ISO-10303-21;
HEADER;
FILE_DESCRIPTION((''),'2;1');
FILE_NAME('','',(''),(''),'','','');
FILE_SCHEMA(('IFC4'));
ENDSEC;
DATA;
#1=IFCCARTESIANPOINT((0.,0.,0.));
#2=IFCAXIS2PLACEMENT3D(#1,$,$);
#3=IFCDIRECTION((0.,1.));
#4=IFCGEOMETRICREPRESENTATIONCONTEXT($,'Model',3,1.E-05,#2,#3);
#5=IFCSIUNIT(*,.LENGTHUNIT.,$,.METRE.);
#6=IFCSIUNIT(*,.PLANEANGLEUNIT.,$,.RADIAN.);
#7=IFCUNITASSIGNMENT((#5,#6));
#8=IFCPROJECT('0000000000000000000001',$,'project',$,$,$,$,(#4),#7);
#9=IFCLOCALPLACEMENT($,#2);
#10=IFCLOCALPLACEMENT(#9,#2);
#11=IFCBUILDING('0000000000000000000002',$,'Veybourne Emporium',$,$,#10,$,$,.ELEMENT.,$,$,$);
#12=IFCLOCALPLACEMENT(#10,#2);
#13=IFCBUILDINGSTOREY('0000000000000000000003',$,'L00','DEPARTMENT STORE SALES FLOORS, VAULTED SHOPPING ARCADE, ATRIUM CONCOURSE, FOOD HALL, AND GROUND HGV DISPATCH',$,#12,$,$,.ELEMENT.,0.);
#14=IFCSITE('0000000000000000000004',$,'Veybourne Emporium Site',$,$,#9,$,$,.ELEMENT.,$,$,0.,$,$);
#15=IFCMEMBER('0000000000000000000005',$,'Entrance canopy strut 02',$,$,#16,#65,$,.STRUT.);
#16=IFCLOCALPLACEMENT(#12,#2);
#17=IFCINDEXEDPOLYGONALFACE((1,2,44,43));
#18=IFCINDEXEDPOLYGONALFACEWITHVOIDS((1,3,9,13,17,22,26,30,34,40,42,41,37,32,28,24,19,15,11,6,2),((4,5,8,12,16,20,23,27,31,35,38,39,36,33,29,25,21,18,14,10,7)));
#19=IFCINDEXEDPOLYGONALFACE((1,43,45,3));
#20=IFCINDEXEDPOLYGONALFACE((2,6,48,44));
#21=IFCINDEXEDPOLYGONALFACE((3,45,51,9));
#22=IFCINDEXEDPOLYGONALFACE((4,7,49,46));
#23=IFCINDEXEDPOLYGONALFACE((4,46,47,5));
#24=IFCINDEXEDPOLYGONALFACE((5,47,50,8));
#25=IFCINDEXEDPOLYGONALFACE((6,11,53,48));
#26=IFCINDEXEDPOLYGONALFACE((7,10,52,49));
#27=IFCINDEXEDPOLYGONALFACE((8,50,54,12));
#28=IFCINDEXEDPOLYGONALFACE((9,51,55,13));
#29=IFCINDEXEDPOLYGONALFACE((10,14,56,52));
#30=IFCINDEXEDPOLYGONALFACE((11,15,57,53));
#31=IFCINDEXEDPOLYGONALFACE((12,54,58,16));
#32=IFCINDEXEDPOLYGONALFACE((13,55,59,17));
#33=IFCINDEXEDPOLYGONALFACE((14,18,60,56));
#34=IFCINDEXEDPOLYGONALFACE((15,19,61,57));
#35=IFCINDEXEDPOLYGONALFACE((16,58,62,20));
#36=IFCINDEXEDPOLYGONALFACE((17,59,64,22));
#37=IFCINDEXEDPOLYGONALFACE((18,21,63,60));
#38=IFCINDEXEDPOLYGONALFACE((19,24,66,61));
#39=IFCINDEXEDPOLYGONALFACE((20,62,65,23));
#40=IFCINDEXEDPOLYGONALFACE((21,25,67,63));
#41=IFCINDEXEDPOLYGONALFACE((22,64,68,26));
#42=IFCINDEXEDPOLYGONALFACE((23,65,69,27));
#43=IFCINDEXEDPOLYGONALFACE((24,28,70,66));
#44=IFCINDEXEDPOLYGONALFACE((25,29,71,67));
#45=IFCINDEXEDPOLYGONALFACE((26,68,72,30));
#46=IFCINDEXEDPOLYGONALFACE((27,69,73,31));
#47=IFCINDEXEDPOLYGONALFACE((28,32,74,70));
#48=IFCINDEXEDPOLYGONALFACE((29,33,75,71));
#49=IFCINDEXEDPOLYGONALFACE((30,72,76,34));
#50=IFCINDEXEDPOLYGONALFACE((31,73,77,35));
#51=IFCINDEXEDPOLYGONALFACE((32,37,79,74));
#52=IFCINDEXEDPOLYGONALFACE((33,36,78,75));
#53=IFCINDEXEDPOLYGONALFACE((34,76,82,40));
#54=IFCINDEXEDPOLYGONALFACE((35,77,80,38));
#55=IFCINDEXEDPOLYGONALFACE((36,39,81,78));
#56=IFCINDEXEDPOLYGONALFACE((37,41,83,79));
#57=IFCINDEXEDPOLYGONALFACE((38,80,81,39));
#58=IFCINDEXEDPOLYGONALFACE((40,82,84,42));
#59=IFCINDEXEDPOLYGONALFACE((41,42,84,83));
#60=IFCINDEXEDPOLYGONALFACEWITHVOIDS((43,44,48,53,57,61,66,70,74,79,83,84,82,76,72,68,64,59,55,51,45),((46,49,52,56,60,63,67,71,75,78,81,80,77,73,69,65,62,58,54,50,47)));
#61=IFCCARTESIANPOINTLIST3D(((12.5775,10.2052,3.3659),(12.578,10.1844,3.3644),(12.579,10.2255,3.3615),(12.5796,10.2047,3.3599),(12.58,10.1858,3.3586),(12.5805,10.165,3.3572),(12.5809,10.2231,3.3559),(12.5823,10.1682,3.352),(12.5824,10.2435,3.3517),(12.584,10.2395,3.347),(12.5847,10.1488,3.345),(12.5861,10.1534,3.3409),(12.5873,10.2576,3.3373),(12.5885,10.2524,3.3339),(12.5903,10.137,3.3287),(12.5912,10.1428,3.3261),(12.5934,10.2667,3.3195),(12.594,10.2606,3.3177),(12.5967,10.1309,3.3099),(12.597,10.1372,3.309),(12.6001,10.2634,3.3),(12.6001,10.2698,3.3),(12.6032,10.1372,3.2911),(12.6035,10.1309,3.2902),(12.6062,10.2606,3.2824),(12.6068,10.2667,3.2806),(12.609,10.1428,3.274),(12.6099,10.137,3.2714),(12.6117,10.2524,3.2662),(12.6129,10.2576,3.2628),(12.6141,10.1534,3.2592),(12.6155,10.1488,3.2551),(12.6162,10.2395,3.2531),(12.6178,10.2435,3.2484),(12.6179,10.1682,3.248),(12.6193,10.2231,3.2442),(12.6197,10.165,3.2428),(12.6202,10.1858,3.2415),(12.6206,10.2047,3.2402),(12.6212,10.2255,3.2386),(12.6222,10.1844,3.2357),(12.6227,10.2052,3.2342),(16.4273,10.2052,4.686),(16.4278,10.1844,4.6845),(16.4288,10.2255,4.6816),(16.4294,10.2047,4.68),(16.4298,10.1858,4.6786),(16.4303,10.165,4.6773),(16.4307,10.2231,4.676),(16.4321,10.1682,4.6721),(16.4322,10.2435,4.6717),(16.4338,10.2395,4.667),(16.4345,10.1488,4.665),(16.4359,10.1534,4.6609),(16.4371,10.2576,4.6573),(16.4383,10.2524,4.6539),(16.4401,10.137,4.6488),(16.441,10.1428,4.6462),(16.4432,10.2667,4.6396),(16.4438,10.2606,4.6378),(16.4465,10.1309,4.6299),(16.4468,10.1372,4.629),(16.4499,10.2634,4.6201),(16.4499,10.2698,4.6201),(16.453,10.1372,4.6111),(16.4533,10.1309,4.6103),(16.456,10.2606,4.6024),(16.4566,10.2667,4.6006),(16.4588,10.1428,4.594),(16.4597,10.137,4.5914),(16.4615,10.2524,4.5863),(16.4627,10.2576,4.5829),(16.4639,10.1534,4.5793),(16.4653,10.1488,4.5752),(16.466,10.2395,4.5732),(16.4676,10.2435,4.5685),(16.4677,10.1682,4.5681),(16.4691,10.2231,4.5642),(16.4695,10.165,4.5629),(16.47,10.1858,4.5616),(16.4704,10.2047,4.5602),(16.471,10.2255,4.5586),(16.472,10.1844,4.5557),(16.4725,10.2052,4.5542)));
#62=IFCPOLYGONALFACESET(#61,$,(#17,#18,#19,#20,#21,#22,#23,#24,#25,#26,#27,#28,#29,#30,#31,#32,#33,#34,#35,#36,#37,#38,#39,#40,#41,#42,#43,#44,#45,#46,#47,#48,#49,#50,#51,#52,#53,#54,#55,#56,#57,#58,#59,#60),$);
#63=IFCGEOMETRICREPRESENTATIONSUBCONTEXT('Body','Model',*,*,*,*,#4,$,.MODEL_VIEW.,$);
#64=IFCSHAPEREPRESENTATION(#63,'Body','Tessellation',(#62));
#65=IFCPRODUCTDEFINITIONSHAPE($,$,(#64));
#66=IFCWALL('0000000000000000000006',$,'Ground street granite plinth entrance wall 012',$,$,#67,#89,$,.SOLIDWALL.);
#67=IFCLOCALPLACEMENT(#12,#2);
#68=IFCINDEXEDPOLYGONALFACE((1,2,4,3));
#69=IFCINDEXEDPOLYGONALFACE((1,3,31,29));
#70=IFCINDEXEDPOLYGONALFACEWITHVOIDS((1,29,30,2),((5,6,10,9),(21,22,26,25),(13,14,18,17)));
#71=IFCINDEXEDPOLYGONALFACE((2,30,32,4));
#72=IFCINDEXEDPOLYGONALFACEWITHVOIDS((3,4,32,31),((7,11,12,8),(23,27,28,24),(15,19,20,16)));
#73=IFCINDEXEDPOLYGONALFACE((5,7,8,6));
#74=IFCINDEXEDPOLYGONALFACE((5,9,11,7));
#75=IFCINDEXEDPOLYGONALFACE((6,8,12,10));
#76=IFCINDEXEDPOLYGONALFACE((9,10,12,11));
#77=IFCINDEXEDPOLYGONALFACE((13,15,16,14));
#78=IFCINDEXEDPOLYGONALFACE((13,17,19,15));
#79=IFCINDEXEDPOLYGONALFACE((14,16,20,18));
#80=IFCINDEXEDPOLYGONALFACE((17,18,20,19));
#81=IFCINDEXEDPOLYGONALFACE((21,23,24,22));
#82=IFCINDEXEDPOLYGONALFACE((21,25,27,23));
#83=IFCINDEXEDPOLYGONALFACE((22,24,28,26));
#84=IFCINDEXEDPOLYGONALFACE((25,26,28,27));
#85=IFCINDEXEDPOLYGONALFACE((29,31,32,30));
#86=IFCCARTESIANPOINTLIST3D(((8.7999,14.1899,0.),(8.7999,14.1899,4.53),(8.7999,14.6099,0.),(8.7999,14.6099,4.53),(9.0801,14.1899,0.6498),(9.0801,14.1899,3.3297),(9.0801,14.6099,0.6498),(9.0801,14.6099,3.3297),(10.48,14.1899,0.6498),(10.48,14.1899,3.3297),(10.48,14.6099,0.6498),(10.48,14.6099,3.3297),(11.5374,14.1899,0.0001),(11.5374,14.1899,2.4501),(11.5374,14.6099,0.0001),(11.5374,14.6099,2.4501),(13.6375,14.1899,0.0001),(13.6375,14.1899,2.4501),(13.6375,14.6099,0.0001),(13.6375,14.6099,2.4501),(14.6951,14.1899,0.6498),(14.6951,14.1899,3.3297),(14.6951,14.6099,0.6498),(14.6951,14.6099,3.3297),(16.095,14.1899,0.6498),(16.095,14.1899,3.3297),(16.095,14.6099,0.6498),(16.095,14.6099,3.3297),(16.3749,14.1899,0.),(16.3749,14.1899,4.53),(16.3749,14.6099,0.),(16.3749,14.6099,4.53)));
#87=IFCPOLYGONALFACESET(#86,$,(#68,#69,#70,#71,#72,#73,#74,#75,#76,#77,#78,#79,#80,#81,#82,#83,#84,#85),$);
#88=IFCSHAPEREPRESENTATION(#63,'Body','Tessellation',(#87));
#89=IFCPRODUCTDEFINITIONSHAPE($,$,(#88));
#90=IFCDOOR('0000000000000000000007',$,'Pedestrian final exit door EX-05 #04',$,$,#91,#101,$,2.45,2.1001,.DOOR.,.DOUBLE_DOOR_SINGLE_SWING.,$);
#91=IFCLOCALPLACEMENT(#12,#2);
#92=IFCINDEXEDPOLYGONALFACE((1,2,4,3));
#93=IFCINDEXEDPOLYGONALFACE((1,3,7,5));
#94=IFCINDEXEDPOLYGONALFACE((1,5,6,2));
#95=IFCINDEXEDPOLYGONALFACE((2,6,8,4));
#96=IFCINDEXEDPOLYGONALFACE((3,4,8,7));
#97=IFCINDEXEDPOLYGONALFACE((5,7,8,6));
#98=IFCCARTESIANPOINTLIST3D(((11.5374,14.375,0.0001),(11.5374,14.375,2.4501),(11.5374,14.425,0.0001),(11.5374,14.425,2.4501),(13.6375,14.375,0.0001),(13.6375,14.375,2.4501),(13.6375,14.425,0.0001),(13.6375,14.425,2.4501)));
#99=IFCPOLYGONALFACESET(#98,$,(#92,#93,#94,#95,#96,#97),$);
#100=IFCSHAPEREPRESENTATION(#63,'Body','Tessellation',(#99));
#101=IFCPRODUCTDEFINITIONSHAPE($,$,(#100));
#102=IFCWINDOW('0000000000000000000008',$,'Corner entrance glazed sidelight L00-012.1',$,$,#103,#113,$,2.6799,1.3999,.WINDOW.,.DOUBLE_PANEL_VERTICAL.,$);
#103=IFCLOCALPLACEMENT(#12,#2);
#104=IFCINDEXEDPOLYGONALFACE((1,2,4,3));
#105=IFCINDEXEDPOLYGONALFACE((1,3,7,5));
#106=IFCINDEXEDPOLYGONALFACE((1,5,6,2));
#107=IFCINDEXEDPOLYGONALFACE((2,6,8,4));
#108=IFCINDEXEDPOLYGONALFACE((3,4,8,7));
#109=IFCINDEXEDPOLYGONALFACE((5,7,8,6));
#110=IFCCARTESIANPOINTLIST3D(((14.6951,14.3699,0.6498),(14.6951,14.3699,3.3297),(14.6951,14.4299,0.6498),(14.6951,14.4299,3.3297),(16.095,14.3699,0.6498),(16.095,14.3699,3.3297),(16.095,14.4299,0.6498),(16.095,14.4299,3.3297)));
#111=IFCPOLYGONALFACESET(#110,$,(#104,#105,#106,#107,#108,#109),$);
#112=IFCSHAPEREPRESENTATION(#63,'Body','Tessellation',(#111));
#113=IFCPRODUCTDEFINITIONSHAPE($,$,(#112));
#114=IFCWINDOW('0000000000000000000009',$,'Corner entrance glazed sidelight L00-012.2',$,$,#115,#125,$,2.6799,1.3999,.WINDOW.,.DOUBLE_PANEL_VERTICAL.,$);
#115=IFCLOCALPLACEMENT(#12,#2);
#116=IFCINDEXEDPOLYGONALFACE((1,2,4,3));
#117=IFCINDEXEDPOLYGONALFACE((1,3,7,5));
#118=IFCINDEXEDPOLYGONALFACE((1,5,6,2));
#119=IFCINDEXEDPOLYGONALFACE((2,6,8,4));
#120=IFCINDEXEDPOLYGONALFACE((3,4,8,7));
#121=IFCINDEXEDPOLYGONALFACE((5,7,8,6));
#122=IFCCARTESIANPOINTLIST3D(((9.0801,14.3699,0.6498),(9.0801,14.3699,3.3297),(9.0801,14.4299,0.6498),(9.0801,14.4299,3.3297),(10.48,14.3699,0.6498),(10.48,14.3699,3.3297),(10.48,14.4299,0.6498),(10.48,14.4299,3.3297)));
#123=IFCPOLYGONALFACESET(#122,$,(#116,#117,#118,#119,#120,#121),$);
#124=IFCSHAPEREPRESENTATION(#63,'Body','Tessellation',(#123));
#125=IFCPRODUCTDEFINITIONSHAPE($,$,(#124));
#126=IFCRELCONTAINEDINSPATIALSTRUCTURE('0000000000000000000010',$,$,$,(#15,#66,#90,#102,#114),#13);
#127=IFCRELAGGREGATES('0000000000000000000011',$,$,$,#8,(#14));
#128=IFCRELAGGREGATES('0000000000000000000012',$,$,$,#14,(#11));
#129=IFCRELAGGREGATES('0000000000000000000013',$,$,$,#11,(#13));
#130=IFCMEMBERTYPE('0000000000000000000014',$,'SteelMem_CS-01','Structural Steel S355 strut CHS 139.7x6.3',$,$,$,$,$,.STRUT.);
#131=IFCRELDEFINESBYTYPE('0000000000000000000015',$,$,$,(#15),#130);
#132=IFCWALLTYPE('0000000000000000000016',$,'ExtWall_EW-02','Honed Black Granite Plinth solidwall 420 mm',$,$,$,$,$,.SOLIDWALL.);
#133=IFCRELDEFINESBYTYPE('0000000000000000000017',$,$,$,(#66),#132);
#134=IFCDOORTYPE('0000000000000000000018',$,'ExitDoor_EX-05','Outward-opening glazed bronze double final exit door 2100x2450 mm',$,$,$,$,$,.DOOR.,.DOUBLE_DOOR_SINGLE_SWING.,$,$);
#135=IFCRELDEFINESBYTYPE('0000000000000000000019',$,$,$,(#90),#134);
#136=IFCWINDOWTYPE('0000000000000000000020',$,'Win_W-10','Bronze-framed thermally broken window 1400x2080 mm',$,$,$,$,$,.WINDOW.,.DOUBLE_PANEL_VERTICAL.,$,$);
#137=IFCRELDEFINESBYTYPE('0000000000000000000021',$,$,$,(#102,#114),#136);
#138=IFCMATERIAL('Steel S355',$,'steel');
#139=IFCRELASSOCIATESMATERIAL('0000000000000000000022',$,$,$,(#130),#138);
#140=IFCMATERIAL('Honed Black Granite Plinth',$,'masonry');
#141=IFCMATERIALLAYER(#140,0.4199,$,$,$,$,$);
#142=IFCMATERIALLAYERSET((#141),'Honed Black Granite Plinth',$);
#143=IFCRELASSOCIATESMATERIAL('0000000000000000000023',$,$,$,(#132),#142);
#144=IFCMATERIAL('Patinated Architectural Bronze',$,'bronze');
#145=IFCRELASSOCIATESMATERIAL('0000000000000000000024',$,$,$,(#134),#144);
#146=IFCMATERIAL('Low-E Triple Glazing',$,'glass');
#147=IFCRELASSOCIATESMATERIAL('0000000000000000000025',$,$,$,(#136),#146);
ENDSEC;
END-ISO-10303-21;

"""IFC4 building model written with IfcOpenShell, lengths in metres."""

from ifc_helpers import new_model, si_unit, direction, frame, frame_2d, origin, origin_2d, place, context, subcontext, project, spatial, rectangle, hollow_circle, extrude, material, layer, layer_set, material_profile, profile_set, type_object, element, fill, save


model = new_model("IFC4")

# Units and contexts
model_context = context("Model", 3, precision=1e-05, world=origin(), true_north=direction((0.0, 1.0)))
body_context = subcontext(model_context, "Body", "Model", "MODEL_VIEW")
ifc_project = project(units=[si_unit("LENGTHUNIT", "METRE"), si_unit("PLANEANGLEUNIT", "RADIAN")], contexts=[model_context])

# Site, building, storey
site_placement = place(None, origin())
site = spatial("IfcSite", under=ifc_project, at=site_placement, Name="Veybourne Emporium Site", CompositionType="ELEMENT", RefElevation=0.0)
building_placement = place(site_placement, origin())
building = spatial("IfcBuilding", under=site, at=building_placement, Name="Veybourne Emporium", CompositionType="ELEMENT")
storey_placement = place(building_placement, origin())
storey = spatial("IfcBuildingStorey", under=building, at=storey_placement, Name="L00", Description="DEPARTMENT STORE SALES FLOORS, VAULTED SHOPPING ARCADE, ATRIUM CONCOURSE, FOOD HALL, AND GROUND HGV DISPATCH", CompositionType="ELEMENT", Elevation=0.0)

# Shared definitions
ifc_material_1 = material(Name="Steel S355", Category="steel")

# Member
ifc_material_profile_1 = material_profile(ifc_material_1, hollow_circle(Radius=0.0698, WallThickness=0.0063, at=origin_2d()), Name="CHS 139.7x6.3")
ifc_profile_set_1 = profile_set([ifc_material_profile_1], Name="Steel S355")
member_type = type_object("IfcMemberType", Name="SteelMem_CS-01", Description="Structural Steel S355 strut CHS 139.7x6.3", PredefinedType="STRUT", material=ifc_profile_set_1)
member_placement = place(storey_placement, frame((12.6001, 10.2, 3.3), z_axis=(0.945937, 0.0, 0.32435), x_axis=(0.0, 1.0, 0.0)))
element("IfcMember", 1, at=member_placement, inside=storey, type_object=member_type, Name="Entrance canopy strut 02", PredefinedType="STRUT", context=body_context, shape_type="SweptSolid", body=[
    extrude(hollow_circle(Radius=0.0698, WallThickness=0.0063, at=origin_2d()), origin(), (0.0, 0.0, 1.0), 4.0698),
])

# Wall, openings, door, windows
ifc_material_2 = material(Name="Honed Black Granite Plinth", Category="masonry")
ifc_layer_1 = layer(ifc_material_2, 0.4199)
ifc_layer_set_1 = layer_set([ifc_layer_1], Name="Honed Black Granite Plinth")
wall_type = type_object("IfcWallType", Name="ExtWall_EW-02", Description="Honed Black Granite Plinth solidwall 420 mm", PredefinedType="SOLIDWALL", material=ifc_layer_set_1)
wall_1_placement = place(storey_placement, frame((16.375, 14.3999, 0.0), z_axis=(0.0, 0.0, 1.0), x_axis=(-1.0, 0.0, 0.0)))
wall_1 = element("IfcWall", 2, at=wall_1_placement, inside=storey, type_object=wall_type, Name="Ground street granite plinth entrance wall 012", PredefinedType="SOLIDWALL", context=body_context, shape_type="SweptSolid", body=[
    extrude(rectangle(XDim=7.575, YDim=0.4199, at=frame_2d((3.7876, 0.0))), origin(), (0.0, 0.0, 1.0), 4.53),
])
opening_1_placement = place(wall_1_placement, frame((2.7375, 0.0, 0.0)))
opening_1 = element("IfcOpeningElement", 3, at=opening_1_placement, cuts=wall_1, PredefinedType="OPENING", context=body_context, shape_type="SweptSolid", body=[
    extrude(rectangle(XDim=2.1001, YDim=2.45, at=frame_2d((1.05, 1.2251))), frame((0.0, 0.23, 0.0), z_axis=(0.0, -1.0, 0.0), x_axis=(1.0, 0.0, 0.0)), (0.0, 0.0, 1.0), 0.46),
])
opening_2_placement = place(wall_1_placement, frame((0.28, 0.0, 0.6499)))
opening_2 = element("IfcOpeningElement", 4, at=opening_2_placement, cuts=wall_1, PredefinedType="OPENING", context=body_context, shape_type="SweptSolid", body=[
    extrude(rectangle(XDim=1.3999, YDim=2.6799, at=frame_2d((0.7, 1.3398))), frame((0.0, 0.23, 0.0), z_axis=(0.0, -1.0, 0.0), x_axis=(1.0, 0.0, 0.0)), (0.0, 0.0, 1.0), 0.46),
])
opening_3_placement = place(wall_1_placement, frame((5.895, 0.0, 0.6499)))
opening_3 = element("IfcOpeningElement", 5, at=opening_3_placement, cuts=wall_1, PredefinedType="OPENING", context=body_context, shape_type="SweptSolid", body=[
    extrude(rectangle(XDim=1.3999, YDim=2.6799, at=frame_2d((0.7, 1.3398))), frame((0.0, 0.23, 0.0), z_axis=(0.0, -1.0, 0.0), x_axis=(1.0, 0.0, 0.0)), (0.0, 0.0, 1.0), 0.46),
])
ifc_material_3 = material(Name="Patinated Architectural Bronze", Category="bronze")
door_type_1 = type_object("IfcDoorType", Name="ExitDoor_EX-05", Description="Outward-opening glazed bronze double final exit door 2100x2450 mm", OperationType="DOUBLE_DOOR_SINGLE_SWING", PredefinedType="DOOR", material=ifc_material_3)
door_1_placement = place(opening_1_placement, origin())
door_1 = element("IfcDoor", 6, at=door_1_placement, inside=storey, type_object=door_type_1, Name="Pedestrian final exit door EX-05 #04", OperationType="DOUBLE_DOOR_SINGLE_SWING", OverallHeight=2.45, OverallWidth=2.1001, PredefinedType="DOOR", context=body_context, shape_type="SweptSolid", body=[
    extrude(rectangle(XDim=2.1001, YDim=2.45, at=frame_2d((1.05, 1.2251))), frame((0.0, 0.0249, 0.0), z_axis=(0.0, -1.0, 0.0), x_axis=(1.0, 0.0, 0.0)), (0.0, 0.0, 1.0), 0.05),
])
fill(opening_1, door_1)
ifc_material_4 = material(Name="Low-E Triple Glazing", Category="glass")
window_type = type_object("IfcWindowType", Name="Win_W-10", Description="Bronze-framed thermally broken window 1400x2080 mm", PartitioningType="DOUBLE_PANEL_VERTICAL", PredefinedType="WINDOW", material=ifc_material_4)
window_1_placement = place(opening_2_placement, origin())
window_1 = element("IfcWindow", 7, at=window_1_placement, inside=storey, type_object=window_type, Name="Corner entrance glazed sidelight L00-012.1", OverallHeight=2.6799, OverallWidth=1.3999, PartitioningType="DOUBLE_PANEL_VERTICAL", PredefinedType="WINDOW", context=body_context, shape_type="SweptSolid", body=[
    extrude(rectangle(XDim=1.3999, YDim=2.6799, at=frame_2d((0.7, 1.3398))), frame((0.0, 0.03, 0.0), z_axis=(0.0, -1.0, 0.0), x_axis=(1.0, 0.0, 0.0)), (0.0, 0.0, 1.0), 0.0601),
])
fill(opening_2, window_1)
window_2_placement = place(opening_3_placement, origin())
window_2 = element("IfcWindow", 8, at=window_2_placement, inside=storey, type_object=window_type, Name="Corner entrance glazed sidelight L00-012.2", OverallHeight=2.6799, OverallWidth=1.3999, PartitioningType="DOUBLE_PANEL_VERTICAL", PredefinedType="WINDOW", context=body_context, shape_type="SweptSolid", body=[
    extrude(rectangle(XDim=1.3999, YDim=2.6799, at=frame_2d((0.7, 1.3398))), frame((0.0, 0.03, 0.0), z_axis=(0.0, -1.0, 0.0), x_axis=(1.0, 0.0, 0.0)), (0.0, 0.0, 1.0), 0.0601),
])
fill(opening_3, window_2)

save(model, "model.ifc")
